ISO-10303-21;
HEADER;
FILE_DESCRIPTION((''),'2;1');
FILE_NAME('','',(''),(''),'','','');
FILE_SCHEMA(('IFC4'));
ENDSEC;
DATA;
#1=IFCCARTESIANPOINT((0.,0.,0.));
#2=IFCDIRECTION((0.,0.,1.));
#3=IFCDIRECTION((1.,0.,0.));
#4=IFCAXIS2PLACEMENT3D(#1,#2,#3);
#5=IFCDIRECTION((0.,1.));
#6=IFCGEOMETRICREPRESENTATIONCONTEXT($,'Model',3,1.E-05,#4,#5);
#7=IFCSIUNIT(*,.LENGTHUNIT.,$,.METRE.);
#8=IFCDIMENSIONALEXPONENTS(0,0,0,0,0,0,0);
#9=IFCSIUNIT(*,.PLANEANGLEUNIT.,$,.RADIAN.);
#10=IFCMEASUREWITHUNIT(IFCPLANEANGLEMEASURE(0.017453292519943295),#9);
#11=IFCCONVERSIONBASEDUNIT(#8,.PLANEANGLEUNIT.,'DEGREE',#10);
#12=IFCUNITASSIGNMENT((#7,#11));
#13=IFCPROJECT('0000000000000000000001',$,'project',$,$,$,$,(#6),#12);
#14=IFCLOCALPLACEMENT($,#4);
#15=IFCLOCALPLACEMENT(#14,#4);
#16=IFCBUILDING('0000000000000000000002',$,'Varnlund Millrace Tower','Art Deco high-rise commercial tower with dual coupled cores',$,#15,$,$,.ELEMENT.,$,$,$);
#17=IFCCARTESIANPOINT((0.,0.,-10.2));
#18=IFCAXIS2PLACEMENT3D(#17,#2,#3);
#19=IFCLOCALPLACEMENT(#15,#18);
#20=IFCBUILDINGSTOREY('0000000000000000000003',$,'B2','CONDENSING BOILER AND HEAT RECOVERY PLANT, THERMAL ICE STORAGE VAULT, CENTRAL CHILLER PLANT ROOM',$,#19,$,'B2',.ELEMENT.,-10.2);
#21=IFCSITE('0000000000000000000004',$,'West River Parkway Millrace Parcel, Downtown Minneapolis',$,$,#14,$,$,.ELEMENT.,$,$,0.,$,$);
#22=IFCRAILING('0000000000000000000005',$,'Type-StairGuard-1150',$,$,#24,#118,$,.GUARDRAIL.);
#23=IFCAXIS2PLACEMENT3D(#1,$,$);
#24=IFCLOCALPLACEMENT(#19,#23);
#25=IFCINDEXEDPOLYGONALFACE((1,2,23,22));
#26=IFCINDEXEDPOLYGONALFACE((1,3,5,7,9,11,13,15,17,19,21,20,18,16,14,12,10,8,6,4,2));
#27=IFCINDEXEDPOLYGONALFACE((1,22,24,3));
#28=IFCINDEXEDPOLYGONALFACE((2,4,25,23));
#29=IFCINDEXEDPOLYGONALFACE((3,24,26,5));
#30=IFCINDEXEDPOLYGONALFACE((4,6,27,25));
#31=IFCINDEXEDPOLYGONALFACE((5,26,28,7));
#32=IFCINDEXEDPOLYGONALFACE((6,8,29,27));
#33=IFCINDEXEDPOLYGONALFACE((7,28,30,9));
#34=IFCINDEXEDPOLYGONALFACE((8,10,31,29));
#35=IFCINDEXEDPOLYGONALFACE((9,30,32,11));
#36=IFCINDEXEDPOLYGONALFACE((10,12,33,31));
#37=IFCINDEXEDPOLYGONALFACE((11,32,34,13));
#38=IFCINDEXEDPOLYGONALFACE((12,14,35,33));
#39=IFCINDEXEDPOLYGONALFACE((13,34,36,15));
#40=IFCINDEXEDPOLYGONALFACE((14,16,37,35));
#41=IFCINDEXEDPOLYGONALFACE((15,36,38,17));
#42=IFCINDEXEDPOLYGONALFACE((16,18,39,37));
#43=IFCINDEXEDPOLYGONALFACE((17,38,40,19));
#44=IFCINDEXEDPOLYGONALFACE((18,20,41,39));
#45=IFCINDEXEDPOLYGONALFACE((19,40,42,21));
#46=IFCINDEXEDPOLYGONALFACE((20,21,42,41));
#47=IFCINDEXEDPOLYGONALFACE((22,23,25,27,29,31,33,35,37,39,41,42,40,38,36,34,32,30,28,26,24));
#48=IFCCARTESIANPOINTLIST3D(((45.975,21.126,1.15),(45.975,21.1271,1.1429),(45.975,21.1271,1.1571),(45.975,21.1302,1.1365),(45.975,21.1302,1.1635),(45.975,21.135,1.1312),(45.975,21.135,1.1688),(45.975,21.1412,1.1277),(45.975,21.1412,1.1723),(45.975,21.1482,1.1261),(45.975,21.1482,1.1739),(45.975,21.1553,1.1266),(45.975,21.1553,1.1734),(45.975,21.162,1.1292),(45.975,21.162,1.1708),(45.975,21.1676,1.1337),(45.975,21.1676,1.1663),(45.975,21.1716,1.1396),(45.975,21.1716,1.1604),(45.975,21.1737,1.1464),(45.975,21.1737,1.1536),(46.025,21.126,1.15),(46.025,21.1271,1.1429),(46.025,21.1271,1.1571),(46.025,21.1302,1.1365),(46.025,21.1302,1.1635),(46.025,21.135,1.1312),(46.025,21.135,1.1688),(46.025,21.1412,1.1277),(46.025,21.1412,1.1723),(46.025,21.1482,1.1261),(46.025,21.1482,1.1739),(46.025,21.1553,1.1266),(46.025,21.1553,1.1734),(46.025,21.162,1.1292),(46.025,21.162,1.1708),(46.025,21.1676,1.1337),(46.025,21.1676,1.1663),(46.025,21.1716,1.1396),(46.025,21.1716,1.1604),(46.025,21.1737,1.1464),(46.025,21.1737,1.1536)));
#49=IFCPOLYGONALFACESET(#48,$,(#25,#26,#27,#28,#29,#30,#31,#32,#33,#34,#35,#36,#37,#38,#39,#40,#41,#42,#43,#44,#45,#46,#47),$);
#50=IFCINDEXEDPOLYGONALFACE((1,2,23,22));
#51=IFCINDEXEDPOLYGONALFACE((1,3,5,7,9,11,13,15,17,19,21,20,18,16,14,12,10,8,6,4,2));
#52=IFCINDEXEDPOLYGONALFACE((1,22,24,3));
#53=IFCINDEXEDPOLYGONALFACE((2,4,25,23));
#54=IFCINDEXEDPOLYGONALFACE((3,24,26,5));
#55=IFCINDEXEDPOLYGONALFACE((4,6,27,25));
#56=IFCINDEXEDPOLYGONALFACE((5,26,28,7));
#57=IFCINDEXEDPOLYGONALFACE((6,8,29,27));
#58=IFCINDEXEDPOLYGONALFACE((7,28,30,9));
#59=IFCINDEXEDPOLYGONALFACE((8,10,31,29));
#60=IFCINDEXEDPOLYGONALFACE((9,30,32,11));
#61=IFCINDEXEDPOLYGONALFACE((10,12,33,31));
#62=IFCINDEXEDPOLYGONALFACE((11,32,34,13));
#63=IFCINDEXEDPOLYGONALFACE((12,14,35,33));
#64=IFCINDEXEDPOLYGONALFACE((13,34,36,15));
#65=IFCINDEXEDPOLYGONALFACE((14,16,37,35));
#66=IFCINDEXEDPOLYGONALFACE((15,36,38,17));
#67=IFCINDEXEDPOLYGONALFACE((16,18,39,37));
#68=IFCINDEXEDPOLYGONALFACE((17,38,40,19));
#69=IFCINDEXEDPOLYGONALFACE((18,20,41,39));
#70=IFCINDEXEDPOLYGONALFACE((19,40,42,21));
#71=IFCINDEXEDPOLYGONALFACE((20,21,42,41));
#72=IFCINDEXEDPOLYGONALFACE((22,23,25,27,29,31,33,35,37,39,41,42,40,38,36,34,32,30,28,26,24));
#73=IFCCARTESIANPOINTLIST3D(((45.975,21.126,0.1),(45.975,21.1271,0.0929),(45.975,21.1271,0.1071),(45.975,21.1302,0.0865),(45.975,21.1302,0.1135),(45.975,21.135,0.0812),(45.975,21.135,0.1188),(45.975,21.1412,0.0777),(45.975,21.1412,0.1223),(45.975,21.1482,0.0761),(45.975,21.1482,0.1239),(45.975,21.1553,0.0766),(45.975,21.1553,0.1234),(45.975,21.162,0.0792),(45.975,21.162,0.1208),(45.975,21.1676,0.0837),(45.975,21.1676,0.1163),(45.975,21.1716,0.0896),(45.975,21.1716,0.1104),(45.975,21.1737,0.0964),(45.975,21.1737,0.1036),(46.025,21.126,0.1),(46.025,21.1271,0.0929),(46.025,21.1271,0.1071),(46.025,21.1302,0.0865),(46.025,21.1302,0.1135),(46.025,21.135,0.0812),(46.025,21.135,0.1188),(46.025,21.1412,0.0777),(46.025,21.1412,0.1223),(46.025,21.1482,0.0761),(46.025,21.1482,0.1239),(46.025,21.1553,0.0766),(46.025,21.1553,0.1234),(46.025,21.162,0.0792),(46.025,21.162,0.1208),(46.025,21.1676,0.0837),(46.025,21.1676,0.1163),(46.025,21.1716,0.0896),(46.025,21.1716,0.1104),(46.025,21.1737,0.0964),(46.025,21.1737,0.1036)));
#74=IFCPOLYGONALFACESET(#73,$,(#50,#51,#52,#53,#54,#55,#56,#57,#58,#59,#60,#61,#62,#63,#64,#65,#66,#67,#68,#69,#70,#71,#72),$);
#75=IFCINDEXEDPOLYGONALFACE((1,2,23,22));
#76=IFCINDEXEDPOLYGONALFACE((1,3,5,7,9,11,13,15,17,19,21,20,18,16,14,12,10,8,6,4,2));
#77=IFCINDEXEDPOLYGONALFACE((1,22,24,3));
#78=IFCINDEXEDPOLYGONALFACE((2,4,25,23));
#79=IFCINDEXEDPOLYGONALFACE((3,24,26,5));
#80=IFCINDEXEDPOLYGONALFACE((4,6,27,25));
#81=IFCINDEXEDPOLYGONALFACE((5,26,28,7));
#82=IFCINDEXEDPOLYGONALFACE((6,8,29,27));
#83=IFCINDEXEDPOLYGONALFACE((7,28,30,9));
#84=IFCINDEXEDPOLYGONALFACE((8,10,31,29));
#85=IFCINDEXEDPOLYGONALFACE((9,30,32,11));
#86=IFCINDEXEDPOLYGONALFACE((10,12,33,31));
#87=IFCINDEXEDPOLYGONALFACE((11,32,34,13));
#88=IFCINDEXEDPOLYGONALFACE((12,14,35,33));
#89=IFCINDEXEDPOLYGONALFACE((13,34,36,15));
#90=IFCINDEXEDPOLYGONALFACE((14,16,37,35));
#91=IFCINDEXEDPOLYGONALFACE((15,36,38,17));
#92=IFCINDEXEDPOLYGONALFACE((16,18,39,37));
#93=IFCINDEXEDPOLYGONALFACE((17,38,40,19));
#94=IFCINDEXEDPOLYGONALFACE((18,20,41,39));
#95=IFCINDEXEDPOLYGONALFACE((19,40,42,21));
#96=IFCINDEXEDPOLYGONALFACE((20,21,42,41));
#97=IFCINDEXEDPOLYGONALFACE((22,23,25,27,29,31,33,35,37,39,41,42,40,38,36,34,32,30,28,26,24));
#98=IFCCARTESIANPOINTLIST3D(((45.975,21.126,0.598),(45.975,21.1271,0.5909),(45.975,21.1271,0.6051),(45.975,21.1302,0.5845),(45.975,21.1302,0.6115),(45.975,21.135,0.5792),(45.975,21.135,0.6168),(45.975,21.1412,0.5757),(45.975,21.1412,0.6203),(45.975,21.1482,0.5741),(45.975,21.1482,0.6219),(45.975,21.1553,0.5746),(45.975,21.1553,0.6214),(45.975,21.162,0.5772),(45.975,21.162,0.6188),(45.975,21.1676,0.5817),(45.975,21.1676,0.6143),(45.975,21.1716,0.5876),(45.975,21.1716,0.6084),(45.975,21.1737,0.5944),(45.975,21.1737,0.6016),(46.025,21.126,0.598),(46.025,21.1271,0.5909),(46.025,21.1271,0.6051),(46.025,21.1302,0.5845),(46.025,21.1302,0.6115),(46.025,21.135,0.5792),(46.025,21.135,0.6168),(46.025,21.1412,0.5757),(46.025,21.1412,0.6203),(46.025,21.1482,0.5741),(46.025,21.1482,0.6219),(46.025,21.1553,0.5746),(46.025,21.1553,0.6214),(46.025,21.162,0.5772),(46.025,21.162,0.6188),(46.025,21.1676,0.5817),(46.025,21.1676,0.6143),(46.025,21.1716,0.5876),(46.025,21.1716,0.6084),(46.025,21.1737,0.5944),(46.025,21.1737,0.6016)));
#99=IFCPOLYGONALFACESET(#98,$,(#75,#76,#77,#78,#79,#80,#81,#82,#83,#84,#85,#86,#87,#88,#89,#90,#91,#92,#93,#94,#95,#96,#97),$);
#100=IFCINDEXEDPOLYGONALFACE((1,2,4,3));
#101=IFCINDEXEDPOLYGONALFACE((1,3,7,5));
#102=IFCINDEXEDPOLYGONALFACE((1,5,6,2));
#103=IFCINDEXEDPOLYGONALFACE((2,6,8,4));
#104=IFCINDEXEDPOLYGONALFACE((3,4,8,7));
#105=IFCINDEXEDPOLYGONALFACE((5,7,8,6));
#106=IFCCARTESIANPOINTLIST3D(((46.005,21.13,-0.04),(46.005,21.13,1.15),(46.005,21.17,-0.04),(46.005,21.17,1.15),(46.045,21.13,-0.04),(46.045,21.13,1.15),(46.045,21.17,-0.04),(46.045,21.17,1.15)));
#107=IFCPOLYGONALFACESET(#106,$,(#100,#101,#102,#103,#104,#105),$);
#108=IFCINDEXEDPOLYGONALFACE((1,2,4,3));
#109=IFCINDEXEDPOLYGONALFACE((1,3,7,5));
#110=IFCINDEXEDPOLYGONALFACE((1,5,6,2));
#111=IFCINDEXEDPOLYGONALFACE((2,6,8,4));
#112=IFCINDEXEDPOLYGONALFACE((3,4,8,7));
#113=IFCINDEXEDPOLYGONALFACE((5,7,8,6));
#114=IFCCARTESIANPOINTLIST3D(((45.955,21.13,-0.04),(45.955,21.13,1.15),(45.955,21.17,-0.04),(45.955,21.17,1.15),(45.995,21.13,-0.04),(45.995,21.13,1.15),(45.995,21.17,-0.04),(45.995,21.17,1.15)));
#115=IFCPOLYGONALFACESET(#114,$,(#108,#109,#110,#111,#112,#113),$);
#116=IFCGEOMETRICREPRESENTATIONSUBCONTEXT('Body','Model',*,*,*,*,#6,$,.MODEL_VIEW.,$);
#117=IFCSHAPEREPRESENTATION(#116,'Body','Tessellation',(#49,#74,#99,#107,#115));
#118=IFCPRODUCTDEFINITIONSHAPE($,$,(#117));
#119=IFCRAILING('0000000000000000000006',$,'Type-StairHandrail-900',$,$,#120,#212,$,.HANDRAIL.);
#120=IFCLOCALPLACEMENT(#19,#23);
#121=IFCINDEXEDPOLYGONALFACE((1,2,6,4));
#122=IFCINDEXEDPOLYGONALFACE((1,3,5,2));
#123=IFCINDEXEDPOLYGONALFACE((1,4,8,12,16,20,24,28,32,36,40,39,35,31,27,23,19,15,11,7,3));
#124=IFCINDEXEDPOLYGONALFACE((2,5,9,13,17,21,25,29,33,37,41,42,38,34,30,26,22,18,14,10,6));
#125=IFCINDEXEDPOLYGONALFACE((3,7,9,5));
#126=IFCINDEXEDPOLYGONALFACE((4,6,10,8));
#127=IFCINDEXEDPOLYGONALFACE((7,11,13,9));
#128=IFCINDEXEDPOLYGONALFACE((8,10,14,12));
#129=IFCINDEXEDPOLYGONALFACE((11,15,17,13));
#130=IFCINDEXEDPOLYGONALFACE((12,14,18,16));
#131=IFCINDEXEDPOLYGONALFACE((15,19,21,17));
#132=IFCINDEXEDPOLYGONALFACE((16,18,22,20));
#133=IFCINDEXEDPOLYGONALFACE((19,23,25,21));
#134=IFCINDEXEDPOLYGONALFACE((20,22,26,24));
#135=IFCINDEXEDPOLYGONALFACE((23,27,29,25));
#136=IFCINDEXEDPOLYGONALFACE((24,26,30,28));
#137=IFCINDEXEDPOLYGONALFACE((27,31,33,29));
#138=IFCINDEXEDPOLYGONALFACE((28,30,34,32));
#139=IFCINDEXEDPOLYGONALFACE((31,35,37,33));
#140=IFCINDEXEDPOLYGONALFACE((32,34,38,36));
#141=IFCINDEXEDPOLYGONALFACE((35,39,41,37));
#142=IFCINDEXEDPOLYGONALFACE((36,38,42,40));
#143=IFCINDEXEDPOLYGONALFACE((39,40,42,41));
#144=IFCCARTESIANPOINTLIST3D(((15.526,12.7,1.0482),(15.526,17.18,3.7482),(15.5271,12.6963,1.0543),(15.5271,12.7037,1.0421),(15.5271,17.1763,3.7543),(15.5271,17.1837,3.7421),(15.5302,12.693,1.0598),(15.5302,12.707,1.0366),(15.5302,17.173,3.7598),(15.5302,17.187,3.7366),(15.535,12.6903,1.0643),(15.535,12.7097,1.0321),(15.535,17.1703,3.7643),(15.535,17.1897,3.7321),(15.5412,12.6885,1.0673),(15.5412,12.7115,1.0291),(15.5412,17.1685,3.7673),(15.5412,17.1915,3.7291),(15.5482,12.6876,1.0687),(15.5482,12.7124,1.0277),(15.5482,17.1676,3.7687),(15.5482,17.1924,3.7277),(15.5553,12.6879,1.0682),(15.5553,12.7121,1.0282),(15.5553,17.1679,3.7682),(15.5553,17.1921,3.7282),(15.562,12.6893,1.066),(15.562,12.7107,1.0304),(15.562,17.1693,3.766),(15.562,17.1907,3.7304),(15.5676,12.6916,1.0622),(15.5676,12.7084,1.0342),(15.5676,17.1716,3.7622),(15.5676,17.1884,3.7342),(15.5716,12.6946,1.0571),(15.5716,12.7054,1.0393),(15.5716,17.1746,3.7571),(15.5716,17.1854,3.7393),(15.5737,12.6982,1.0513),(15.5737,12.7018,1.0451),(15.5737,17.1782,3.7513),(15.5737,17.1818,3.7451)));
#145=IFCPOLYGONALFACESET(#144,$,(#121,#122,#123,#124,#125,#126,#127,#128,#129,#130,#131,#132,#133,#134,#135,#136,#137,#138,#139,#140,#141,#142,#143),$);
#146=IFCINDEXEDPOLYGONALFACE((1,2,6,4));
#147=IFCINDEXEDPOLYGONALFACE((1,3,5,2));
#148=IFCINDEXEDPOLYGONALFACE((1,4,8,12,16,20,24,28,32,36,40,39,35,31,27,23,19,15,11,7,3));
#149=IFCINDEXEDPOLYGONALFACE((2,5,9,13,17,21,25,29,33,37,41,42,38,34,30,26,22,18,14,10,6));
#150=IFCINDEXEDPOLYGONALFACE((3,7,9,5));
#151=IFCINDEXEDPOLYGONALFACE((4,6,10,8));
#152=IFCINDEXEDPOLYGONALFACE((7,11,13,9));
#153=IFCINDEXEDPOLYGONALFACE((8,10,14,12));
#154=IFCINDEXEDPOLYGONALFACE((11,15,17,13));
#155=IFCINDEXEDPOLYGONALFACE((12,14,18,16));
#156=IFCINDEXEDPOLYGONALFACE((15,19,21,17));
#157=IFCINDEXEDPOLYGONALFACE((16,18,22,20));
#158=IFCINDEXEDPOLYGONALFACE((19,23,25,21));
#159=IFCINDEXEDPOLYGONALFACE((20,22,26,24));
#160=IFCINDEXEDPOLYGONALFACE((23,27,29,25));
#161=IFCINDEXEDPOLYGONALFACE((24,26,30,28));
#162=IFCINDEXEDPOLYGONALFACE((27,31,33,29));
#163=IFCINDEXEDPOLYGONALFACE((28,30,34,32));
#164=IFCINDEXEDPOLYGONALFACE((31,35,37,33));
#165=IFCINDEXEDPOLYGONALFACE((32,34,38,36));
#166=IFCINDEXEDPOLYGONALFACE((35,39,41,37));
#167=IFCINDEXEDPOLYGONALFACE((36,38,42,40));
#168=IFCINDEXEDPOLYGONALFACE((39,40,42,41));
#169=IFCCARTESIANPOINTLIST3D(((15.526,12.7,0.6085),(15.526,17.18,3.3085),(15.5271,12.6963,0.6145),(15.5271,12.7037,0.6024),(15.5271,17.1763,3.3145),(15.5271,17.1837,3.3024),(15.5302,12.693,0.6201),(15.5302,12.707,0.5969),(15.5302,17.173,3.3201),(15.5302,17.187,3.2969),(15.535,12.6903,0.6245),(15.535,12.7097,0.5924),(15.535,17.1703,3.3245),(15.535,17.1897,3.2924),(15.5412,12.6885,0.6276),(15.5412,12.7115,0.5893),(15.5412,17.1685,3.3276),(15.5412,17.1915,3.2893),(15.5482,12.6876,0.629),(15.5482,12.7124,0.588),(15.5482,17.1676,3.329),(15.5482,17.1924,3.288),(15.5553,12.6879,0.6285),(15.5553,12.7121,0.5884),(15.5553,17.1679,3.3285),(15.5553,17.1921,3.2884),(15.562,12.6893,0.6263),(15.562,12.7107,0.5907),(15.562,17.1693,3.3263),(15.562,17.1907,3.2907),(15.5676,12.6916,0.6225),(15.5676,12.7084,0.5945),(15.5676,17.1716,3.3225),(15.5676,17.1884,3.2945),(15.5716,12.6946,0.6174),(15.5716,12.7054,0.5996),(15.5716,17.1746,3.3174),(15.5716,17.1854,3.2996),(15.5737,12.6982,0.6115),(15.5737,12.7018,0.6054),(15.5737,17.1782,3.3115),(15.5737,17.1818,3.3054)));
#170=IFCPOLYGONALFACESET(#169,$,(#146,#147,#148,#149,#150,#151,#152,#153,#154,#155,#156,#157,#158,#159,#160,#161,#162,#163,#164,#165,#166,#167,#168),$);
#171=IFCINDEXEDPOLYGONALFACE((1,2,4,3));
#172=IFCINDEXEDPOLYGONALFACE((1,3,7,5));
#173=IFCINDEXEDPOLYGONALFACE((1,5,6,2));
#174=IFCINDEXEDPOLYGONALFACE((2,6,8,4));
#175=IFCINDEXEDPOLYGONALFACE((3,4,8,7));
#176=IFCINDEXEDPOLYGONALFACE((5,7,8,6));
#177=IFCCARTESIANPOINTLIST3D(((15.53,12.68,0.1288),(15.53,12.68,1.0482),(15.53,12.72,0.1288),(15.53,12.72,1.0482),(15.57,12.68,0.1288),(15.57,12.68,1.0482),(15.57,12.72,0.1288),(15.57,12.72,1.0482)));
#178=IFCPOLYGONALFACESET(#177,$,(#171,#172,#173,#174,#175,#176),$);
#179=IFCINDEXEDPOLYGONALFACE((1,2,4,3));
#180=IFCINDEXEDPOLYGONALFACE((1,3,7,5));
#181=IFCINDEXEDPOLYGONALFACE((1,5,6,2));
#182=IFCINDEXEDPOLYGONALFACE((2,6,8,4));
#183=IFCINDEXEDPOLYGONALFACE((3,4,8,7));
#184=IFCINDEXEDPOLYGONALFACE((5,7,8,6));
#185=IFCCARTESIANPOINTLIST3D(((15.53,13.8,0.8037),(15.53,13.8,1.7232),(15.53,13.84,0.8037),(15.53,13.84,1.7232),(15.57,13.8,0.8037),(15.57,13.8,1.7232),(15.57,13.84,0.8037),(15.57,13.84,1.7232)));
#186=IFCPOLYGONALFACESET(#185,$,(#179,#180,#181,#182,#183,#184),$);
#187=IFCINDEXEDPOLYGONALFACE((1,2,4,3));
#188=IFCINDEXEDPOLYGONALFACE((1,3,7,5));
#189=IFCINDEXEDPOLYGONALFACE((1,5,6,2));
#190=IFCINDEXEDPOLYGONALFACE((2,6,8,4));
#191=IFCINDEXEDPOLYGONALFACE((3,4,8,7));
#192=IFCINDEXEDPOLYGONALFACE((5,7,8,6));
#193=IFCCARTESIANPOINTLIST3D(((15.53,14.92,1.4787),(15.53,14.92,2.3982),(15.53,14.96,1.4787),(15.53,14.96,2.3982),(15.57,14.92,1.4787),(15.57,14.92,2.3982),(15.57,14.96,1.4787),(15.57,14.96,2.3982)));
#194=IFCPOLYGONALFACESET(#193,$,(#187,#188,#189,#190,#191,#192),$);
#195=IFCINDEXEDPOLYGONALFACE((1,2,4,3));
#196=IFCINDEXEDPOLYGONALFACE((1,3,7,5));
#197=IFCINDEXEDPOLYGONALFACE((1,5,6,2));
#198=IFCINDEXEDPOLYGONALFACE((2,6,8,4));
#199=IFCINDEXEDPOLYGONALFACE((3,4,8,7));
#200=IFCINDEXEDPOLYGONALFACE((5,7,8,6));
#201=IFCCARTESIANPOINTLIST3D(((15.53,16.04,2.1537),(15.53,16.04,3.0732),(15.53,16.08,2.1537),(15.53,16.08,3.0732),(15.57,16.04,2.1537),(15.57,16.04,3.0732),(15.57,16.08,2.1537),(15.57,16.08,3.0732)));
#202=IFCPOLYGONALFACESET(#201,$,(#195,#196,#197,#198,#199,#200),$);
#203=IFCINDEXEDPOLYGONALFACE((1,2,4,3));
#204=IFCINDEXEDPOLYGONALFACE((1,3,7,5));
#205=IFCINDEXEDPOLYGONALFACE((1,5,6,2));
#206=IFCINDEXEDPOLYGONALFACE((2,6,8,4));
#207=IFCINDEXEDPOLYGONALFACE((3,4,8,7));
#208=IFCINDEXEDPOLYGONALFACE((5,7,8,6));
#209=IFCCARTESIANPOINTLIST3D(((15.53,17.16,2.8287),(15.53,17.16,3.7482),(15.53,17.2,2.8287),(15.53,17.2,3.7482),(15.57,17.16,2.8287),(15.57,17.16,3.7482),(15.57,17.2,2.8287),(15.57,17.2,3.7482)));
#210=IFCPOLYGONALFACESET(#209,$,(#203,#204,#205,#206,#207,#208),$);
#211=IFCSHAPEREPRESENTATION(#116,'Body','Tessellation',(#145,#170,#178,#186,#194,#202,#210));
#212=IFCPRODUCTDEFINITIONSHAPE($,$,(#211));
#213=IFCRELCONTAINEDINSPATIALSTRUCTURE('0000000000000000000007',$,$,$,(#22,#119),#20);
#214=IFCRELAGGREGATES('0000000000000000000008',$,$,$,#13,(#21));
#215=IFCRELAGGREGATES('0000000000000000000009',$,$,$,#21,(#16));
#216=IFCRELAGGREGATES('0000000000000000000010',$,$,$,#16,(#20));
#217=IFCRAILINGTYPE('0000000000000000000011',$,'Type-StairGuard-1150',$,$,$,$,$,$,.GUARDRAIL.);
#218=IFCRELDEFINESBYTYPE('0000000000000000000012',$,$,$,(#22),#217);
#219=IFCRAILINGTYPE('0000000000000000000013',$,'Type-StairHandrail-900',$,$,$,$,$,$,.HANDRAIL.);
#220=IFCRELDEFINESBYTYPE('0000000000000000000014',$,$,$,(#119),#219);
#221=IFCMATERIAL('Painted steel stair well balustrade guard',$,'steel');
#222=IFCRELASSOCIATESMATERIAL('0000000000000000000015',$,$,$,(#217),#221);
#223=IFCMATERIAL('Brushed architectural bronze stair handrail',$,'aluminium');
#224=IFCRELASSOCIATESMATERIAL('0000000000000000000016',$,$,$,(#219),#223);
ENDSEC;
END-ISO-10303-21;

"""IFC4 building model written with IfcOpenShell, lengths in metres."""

from ifc_helpers import new_model, entity, si_unit, converted_unit, direction, frame, origin_with_axes, origin_2d_with_axis, place, context, subcontext, project, spatial, rectangle, circle, extrude, material, type_object, element, save


model = new_model("IFC4")

# Units and contexts
model_context = context("Model", 3, precision=1e-05, world=origin_with_axes(), true_north=direction((0.0, 1.0)))
body_context = subcontext(model_context, "Body", "Model", "MODEL_VIEW")
ifc_project = project(units=[si_unit("LENGTHUNIT", "METRE"), converted_unit("PLANEANGLEUNIT", "DEGREE", entity("IfcPlaneAngleMeasure", 0.017453292519943295), si_unit("PLANEANGLEUNIT", "RADIAN"), dimensions=[0, 0, 0, 0, 0, 0, 0])], contexts=[model_context])

# Site, building, storey
site_placement = place(None, origin_with_axes())
site = spatial("IfcSite", under=ifc_project, at=site_placement, Name="West River Parkway Millrace Parcel, Downtown Minneapolis", CompositionType="ELEMENT", RefElevation=0.0)
building_placement = place(site_placement, origin_with_axes())
building = spatial("IfcBuilding", under=site, at=building_placement, Name="Varnlund Millrace Tower", Description="Art Deco high-rise commercial tower with dual coupled cores", CompositionType="ELEMENT")
storey_placement = place(building_placement, frame((0.0, 0.0, -10.2), z_axis=(0.0, 0.0, 1.0), x_axis=(1.0, 0.0, 0.0)))
storey = spatial("IfcBuildingStorey", under=building, at=storey_placement, Name="B2", Description="CONDENSING BOILER AND HEAT RECOVERY PLANT, THERMAL ICE STORAGE VAULT, CENTRAL CHILLER PLANT ROOM", LongName="B2", CompositionType="ELEMENT", Elevation=-10.2)

# Railings
ifc_material_1 = material(Name="Painted steel stair well balustrade guard", Category="steel")
railing_type_1 = type_object("IfcRailingType", Name="Type-StairGuard-1150", PredefinedType="GUARDRAIL", material=ifc_material_1)
railing_1_placement = place(storey_placement, frame((0.0, 0.0, 10.2), z_axis=(0.0, 0.0, 1.0), x_axis=(1.0, 0.0, 0.0)))
element("IfcRailing", 1, at=railing_1_placement, inside=storey, type_object=railing_type_1, Name="Type-StairGuard-1150", PredefinedType="GUARDRAIL", context=body_context, shape_type="SweptSolid", body=[
    extrude(circle(Radius=0.024, at=origin_2d_with_axis()), frame((46.025, 21.15, -9.05), z_axis=(-1.0, 0.0, 0.0), x_axis=(0.0, -1.0, 0.0)), (0.0, 0.0, 1.0), 0.05),
    extrude(circle(Radius=0.024, at=origin_2d_with_axis()), frame((46.025, 21.15, -10.1), z_axis=(-1.0, 0.0, 0.0), x_axis=(0.0, -1.0, 0.0)), (0.0, 0.0, 1.0), 0.05),
    extrude(circle(Radius=0.024, at=origin_2d_with_axis()), frame((46.025, 21.15, -9.602), z_axis=(-1.0, 0.0, 0.0), x_axis=(0.0, -1.0, 0.0)), (0.0, 0.0, 1.0), 0.05),
    extrude(rectangle(XDim=0.04, YDim=0.04, at=origin_2d_with_axis()), frame((46.025, 21.15, -10.24), z_axis=(0.0, 0.0, 1.0), x_axis=(1.0, 0.0, 0.0)), (0.0, 0.0, 1.0), 1.19),
    extrude(rectangle(XDim=0.04, YDim=0.04, at=origin_2d_with_axis()), frame((45.975, 21.15, -10.24), z_axis=(0.0, 0.0, 1.0), x_axis=(1.0, 0.0, 0.0)), (0.0, 0.0, 1.0), 1.19),
])
ifc_material_2 = material(Name="Brushed architectural bronze stair handrail", Category="aluminium")
railing_type_2 = type_object("IfcRailingType", Name="Type-StairHandrail-900", PredefinedType="HANDRAIL", material=ifc_material_2)
railing_2_placement = place(storey_placement, frame((0.0, 0.0, 10.2), z_axis=(0.0, 0.0, 1.0), x_axis=(1.0, 0.0, 0.0)))
element("IfcRailing", 2, at=railing_2_placement, inside=storey, type_object=railing_type_2, Name="Type-StairHandrail-900", PredefinedType="HANDRAIL", context=body_context, shape_type="SweptSolid", body=[
    extrude(circle(Radius=0.024, at=origin_2d_with_axis()), frame((15.55, 12.7, -9.1518), z_axis=(0.0, 0.856479, 0.516182), x_axis=(-1.0, 0.0, 0.0)), (0.0, 0.0, 1.0), 5.2307),
    extrude(circle(Radius=0.024, at=origin_2d_with_axis()), frame((15.55, 12.7, -9.5915), z_axis=(0.0, 0.856479, 0.516182), x_axis=(-1.0, 0.0, 0.0)), (0.0, 0.0, 1.0), 5.2307),
    extrude(rectangle(XDim=0.04, YDim=0.04, at=origin_2d_with_axis()), frame((15.55, 12.7, -10.0712), z_axis=(0.0, 0.0, 1.0), x_axis=(1.0, 0.0, 0.0)), (0.0, 0.0, 1.0), 0.9194),
    extrude(rectangle(XDim=0.04, YDim=0.04, at=origin_2d_with_axis()), frame((15.55, 13.82, -9.3963), z_axis=(0.0, 0.0, 1.0), x_axis=(1.0, 0.0, 0.0)), (0.0, 0.0, 1.0), 0.9194),
    extrude(rectangle(XDim=0.04, YDim=0.04, at=origin_2d_with_axis()), frame((15.55, 14.94, -8.7212), z_axis=(0.0, 0.0, 1.0), x_axis=(1.0, 0.0, 0.0)), (0.0, 0.0, 1.0), 0.9194),
    extrude(rectangle(XDim=0.04, YDim=0.04, at=origin_2d_with_axis()), frame((15.55, 16.06, -8.0463), z_axis=(0.0, 0.0, 1.0), x_axis=(1.0, 0.0, 0.0)), (0.0, 0.0, 1.0), 0.9194),
    extrude(rectangle(XDim=0.04, YDim=0.04, at=origin_2d_with_axis()), frame((15.55, 17.18, -7.3712), z_axis=(0.0, 0.0, 1.0), x_axis=(1.0, 0.0, 0.0)), (0.0, 0.0, 1.0), 0.9194),
])

save(model, "model.ifc")
